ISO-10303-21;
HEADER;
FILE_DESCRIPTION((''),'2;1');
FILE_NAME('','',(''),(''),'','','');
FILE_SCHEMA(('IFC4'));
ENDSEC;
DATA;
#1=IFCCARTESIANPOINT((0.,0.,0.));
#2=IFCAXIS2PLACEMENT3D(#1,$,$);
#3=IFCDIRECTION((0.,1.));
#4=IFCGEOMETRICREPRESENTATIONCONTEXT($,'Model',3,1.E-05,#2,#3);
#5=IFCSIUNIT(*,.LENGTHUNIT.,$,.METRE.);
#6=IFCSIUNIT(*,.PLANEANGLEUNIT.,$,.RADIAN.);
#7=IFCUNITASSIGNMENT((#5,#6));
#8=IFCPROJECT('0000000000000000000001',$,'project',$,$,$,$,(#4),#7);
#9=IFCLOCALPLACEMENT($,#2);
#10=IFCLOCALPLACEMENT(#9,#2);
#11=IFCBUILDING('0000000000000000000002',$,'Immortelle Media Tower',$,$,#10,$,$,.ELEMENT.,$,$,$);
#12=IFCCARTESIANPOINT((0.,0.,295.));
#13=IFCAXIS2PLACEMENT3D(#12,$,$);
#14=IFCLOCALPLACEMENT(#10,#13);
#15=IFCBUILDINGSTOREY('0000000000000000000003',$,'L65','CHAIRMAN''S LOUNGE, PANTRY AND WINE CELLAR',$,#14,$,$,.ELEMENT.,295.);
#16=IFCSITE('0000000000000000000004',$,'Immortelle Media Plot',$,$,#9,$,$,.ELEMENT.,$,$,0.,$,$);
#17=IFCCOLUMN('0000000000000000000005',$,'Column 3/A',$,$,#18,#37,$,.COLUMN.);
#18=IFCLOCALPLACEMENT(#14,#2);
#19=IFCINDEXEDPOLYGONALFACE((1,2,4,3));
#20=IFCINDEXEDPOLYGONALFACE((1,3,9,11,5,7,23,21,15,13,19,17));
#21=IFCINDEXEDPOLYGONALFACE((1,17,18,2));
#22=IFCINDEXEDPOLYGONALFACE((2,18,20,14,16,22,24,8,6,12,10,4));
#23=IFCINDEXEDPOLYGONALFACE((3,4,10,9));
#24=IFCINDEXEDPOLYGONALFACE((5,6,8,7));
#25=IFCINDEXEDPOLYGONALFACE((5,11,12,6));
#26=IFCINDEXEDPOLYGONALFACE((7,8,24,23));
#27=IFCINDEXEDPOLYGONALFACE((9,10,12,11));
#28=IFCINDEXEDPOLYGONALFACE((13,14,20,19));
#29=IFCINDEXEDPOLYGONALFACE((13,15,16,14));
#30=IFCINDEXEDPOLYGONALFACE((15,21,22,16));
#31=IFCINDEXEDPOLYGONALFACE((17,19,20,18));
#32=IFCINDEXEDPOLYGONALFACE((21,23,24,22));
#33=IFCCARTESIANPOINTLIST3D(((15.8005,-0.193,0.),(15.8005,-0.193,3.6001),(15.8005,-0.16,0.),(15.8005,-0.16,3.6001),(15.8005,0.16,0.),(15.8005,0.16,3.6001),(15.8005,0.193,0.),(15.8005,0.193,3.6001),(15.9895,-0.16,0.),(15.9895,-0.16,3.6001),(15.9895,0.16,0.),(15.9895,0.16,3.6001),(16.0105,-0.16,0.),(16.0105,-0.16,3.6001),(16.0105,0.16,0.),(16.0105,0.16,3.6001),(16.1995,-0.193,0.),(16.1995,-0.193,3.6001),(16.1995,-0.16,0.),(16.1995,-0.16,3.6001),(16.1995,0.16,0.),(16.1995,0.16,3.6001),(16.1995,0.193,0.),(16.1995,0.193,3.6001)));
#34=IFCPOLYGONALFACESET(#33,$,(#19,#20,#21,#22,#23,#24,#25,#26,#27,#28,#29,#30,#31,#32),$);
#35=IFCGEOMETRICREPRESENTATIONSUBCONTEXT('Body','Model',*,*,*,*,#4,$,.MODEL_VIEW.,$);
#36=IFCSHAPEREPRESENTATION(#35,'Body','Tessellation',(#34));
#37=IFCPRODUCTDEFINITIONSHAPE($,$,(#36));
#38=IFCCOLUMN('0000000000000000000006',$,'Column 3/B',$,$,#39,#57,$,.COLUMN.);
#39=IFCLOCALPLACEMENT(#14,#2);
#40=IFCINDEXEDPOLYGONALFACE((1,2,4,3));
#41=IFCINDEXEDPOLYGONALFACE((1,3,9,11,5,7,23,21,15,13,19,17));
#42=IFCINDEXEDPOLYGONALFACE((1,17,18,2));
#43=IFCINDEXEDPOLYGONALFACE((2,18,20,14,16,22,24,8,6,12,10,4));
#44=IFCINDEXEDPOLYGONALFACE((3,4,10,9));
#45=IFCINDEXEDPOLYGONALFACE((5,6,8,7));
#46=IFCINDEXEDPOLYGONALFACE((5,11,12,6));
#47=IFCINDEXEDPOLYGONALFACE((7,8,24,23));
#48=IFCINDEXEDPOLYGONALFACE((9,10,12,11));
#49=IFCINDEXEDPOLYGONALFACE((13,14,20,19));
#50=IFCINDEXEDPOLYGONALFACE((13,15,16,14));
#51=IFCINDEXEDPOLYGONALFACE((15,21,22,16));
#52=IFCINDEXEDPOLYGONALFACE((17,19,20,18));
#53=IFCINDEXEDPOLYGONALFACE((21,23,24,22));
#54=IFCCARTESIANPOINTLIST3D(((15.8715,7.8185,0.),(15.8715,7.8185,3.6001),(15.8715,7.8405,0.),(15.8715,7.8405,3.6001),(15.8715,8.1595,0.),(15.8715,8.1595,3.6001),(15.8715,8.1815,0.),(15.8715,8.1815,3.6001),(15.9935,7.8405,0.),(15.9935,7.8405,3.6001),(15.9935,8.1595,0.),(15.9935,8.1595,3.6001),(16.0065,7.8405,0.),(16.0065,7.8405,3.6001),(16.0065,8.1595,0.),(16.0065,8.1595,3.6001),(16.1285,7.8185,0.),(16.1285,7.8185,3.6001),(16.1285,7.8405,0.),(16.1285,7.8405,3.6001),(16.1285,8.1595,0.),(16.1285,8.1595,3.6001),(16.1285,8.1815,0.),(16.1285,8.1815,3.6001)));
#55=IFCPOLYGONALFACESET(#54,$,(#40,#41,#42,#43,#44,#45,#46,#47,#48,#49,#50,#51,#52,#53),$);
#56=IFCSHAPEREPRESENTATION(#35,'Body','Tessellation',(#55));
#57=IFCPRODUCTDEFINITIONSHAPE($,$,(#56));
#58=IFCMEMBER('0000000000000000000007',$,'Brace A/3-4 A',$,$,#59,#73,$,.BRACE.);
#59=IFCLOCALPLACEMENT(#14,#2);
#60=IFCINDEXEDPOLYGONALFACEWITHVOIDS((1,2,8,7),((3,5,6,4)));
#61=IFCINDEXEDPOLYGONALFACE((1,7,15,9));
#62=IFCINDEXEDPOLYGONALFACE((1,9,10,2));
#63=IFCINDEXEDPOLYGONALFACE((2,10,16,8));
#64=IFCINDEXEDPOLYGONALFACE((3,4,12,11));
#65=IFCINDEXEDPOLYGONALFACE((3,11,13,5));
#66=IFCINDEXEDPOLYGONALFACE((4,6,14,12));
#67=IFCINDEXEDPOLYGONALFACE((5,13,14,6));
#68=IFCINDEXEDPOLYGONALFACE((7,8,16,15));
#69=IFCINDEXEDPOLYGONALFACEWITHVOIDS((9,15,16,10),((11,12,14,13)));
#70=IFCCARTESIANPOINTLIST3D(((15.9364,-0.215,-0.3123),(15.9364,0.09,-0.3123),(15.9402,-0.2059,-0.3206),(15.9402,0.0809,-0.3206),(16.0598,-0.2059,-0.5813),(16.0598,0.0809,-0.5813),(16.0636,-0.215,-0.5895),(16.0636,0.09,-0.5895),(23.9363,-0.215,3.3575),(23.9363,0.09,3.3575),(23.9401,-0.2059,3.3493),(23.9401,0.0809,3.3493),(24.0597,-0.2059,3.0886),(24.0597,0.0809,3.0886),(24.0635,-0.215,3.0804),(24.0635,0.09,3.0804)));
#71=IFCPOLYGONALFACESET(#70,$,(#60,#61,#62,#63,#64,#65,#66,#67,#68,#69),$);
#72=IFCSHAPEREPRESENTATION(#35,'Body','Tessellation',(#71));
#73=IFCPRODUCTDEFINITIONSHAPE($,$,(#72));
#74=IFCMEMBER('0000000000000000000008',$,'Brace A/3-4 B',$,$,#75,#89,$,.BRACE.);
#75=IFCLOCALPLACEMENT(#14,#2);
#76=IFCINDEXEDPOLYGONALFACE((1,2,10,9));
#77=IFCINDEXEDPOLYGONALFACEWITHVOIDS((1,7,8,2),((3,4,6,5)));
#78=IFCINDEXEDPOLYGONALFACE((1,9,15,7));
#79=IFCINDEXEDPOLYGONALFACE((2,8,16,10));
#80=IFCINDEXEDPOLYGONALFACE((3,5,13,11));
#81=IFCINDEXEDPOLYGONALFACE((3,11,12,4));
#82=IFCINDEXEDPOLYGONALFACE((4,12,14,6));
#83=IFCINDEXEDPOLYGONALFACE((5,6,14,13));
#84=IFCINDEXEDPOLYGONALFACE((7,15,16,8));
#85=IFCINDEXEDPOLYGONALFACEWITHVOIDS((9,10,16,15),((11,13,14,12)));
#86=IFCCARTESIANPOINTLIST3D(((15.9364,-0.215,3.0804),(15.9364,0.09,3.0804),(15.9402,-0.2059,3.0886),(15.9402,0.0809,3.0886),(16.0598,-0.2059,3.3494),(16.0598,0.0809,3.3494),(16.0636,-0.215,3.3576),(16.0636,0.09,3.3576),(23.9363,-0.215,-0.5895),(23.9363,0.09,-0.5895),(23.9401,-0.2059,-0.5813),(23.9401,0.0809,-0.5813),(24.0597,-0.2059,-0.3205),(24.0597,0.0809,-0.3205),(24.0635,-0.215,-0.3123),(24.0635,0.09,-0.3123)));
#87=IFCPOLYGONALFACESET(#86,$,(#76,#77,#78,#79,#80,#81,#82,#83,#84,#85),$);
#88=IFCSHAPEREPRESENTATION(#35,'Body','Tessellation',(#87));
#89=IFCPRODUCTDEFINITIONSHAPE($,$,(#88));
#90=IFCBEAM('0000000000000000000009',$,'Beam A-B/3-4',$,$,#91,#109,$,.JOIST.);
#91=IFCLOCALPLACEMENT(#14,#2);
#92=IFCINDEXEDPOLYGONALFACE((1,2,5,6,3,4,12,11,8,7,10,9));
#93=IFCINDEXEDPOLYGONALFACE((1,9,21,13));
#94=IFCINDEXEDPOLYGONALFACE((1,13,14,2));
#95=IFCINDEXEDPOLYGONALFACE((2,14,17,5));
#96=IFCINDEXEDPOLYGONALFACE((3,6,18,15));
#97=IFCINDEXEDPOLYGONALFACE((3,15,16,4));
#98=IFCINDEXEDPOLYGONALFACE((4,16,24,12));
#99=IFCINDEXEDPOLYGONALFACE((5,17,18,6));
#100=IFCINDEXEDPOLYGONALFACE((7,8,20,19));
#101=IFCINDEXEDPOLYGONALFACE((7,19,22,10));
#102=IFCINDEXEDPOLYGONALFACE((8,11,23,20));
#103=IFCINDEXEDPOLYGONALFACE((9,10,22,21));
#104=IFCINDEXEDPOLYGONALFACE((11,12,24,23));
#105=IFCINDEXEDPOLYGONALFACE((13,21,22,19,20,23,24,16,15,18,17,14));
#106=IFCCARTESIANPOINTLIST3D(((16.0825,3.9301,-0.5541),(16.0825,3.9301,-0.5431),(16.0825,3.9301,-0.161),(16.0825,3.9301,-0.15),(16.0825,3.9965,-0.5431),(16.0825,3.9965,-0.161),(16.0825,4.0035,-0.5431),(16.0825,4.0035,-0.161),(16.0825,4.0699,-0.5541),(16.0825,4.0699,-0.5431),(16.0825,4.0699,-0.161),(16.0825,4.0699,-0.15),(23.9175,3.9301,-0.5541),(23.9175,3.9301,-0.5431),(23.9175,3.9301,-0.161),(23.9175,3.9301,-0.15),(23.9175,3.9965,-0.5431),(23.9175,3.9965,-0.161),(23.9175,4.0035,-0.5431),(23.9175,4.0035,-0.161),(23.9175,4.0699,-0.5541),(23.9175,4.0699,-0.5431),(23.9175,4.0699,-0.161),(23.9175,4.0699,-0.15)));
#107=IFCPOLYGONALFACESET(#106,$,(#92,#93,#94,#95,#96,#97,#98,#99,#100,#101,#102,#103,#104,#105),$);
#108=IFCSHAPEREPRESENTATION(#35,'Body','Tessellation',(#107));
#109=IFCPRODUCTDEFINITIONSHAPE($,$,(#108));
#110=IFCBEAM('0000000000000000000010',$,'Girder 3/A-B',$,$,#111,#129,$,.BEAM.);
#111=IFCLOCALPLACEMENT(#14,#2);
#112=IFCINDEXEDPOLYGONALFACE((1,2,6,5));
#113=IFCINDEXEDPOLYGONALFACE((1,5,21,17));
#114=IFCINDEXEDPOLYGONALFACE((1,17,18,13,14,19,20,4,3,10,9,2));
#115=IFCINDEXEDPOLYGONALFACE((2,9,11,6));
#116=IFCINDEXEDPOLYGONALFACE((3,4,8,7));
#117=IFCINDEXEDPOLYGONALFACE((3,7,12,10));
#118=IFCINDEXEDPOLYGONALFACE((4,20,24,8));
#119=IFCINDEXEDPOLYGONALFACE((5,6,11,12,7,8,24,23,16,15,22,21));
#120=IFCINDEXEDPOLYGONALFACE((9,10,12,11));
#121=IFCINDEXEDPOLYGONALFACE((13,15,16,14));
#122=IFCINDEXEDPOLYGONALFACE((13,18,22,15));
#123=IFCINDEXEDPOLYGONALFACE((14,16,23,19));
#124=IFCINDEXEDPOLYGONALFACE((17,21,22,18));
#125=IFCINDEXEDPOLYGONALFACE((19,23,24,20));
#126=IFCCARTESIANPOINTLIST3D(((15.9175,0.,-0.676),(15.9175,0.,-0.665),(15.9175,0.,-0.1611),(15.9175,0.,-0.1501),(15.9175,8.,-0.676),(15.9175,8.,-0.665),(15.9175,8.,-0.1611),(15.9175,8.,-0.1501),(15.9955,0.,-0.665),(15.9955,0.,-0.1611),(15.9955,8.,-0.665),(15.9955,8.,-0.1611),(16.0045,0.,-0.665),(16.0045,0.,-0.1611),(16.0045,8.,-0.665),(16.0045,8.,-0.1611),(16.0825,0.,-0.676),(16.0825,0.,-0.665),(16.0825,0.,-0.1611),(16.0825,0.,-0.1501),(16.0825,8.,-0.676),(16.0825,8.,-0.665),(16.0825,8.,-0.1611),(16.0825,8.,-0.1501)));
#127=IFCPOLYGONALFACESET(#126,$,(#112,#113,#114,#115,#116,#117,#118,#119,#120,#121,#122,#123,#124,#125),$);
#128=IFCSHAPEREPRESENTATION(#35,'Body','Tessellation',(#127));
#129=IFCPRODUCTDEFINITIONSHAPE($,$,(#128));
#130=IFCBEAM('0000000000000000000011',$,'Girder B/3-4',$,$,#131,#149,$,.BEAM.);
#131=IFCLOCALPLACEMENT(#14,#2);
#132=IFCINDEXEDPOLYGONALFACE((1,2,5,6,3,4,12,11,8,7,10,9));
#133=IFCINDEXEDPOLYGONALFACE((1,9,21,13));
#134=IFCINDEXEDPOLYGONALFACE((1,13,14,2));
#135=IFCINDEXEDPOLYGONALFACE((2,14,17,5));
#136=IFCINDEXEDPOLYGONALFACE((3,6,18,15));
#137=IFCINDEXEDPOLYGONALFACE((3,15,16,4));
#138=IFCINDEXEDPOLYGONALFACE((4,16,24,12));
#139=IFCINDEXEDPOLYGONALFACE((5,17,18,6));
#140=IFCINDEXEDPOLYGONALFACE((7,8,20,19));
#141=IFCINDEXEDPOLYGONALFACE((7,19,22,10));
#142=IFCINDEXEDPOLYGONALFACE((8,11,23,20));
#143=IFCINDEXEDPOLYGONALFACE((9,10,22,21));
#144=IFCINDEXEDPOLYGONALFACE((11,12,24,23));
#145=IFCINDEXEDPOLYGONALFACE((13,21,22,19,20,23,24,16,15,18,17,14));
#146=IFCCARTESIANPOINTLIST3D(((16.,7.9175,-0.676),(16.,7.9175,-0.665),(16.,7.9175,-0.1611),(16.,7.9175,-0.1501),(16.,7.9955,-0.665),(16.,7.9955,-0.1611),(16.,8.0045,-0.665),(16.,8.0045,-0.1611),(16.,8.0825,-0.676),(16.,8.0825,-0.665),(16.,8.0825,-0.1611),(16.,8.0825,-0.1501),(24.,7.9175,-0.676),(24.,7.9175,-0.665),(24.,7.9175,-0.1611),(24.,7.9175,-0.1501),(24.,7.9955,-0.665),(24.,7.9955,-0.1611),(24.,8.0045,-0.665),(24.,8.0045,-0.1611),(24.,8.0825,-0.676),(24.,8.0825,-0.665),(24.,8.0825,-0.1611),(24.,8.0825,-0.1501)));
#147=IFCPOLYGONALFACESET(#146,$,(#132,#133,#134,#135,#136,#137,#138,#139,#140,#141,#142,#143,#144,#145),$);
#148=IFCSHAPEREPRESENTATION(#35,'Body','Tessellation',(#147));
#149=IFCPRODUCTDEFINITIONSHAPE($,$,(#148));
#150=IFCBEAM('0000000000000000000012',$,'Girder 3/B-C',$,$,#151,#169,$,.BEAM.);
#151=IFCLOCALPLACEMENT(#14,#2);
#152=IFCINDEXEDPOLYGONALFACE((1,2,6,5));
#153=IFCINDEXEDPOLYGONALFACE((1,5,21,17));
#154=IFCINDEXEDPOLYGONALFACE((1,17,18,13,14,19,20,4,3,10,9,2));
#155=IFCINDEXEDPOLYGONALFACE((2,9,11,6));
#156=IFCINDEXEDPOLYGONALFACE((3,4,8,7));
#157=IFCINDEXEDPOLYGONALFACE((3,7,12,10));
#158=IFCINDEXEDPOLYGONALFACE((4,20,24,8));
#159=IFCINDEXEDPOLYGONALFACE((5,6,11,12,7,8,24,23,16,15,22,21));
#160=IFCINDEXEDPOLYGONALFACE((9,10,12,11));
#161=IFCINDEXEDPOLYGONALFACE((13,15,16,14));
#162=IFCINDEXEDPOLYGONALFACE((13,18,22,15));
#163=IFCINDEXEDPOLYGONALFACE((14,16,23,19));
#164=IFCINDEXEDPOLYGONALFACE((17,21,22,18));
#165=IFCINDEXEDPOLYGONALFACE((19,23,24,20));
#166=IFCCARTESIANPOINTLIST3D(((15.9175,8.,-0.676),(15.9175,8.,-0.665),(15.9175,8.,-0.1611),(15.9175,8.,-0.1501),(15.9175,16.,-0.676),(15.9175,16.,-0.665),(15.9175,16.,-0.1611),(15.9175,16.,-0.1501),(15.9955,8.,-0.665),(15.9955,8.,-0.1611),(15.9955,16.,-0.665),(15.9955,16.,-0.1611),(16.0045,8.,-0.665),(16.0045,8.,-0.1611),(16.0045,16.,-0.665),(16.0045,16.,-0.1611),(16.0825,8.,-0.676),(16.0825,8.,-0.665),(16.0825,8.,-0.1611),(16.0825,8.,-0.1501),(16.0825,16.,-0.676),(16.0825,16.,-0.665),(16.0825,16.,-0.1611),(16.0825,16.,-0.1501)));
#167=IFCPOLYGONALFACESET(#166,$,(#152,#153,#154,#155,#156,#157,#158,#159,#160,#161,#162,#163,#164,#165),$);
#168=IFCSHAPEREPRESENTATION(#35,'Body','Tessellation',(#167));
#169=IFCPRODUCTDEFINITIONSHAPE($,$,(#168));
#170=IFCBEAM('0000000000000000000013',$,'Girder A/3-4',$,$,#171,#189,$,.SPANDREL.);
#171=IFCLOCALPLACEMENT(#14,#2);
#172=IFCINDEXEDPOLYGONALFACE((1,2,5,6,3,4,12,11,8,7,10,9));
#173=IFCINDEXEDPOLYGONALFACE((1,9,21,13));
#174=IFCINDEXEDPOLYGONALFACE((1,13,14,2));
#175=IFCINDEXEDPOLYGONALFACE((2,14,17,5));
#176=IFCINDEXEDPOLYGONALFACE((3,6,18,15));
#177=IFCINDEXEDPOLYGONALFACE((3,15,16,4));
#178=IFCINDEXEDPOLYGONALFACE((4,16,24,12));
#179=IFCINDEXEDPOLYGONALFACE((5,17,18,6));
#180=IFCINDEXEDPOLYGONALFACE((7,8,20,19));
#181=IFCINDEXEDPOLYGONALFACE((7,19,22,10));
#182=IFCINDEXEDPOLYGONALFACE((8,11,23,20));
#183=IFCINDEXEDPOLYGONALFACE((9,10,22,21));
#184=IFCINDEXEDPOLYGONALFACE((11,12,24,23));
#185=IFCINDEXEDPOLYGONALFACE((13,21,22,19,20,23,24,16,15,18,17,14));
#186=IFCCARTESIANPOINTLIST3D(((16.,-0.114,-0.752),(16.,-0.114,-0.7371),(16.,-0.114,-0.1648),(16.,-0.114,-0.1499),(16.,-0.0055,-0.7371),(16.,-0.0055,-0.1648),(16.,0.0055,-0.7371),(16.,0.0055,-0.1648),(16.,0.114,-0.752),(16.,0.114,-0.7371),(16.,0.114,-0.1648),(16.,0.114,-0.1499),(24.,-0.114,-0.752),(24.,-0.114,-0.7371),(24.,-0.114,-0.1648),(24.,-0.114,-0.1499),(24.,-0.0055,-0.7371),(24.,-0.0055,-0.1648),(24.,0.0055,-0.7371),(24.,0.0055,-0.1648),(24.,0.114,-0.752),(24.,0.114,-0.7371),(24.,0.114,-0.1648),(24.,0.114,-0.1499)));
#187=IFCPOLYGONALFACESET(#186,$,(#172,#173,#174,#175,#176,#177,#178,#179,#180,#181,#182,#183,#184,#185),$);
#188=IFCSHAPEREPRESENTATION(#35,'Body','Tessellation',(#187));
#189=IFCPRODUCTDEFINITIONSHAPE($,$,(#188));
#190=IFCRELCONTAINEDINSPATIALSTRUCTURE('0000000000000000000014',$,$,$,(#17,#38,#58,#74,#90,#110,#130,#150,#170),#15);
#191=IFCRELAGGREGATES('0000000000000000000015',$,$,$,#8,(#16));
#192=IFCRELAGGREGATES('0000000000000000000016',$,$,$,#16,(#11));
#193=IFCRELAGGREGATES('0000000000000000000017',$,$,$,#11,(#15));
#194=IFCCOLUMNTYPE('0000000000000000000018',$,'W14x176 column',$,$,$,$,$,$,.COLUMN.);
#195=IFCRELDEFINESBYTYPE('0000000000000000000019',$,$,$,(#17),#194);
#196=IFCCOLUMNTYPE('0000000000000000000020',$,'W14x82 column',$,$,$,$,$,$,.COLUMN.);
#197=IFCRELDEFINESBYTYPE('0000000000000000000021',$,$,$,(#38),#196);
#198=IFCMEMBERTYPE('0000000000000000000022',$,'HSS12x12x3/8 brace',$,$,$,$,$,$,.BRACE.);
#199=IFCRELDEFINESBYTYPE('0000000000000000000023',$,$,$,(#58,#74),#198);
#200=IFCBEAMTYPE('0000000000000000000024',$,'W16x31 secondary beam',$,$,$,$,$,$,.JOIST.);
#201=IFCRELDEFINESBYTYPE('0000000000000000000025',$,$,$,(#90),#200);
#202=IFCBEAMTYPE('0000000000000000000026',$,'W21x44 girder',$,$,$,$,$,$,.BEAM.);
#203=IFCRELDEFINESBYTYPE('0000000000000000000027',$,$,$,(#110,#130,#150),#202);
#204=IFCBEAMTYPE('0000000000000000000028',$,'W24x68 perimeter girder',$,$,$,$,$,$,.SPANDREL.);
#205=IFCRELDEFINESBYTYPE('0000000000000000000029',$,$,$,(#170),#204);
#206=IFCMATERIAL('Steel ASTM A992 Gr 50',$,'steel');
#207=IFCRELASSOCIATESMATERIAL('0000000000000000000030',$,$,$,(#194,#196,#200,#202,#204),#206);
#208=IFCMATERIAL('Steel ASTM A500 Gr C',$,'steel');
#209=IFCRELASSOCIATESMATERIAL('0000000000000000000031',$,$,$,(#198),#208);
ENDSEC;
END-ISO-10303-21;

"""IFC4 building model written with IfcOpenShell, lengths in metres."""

from ifc_helpers import new_model, si_unit, direction, frame, origin, origin_2d, place, context, subcontext, project, spatial, hollow_rectangle, i_section, extrude, material, material_profile, profile_set, type_object, element, save


model = new_model("IFC4")

# Units and contexts
model_context = context("Model", 3, precision=1e-05, world=origin(), true_north=direction((0.0, 1.0)))
body_context = subcontext(model_context, "Body", "Model", "MODEL_VIEW")
ifc_project = project(units=[si_unit("LENGTHUNIT", "METRE"), si_unit("PLANEANGLEUNIT", "RADIAN")], contexts=[model_context])

# Site, building, storey
site_placement = place(None, origin())
site = spatial("IfcSite", under=ifc_project, at=site_placement, Name="Immortelle Media Plot", CompositionType="ELEMENT", RefElevation=0.0)
building_placement = place(site_placement, origin())
building = spatial("IfcBuilding", under=site, at=building_placement, Name="Immortelle Media Tower", CompositionType="ELEMENT")
storey_placement = place(building_placement, frame((0.0, 0.0, 295.0)))
storey = spatial("IfcBuildingStorey", under=building, at=storey_placement, Name="L65", Description="CHAIRMAN'S LOUNGE, PANTRY AND WINE CELLAR", CompositionType="ELEMENT", Elevation=295.0)

# Columns
ifc_material_1 = material(Name="Steel ASTM A992 Gr 50", Category="steel")
ifc_material_profile_1 = material_profile(ifc_material_1, i_section(OverallWidth=0.3989, OverallDepth=0.386, WebThickness=0.021, FlangeThickness=0.033, at=origin_2d()), Name="W14x176")
ifc_profile_set_1 = profile_set([ifc_material_profile_1], Name="Steel ASTM A992 Gr 50")
column_type_1 = type_object("IfcColumnType", Name="W14x176 column", PredefinedType="COLUMN", material=ifc_profile_set_1)
column_1_placement = place(storey_placement, frame((16.0, 0.0, 0.0), z_axis=(0.0, 0.0, 1.0), x_axis=(1.0, 0.0, 0.0)))
element("IfcColumn", 1, at=column_1_placement, inside=storey, type_object=column_type_1, Name="Column 3/A", PredefinedType="COLUMN", context=body_context, shape_type="SweptSolid", body=[
    extrude(i_section(OverallWidth=0.3989, OverallDepth=0.386, WebThickness=0.021, FlangeThickness=0.033, at=origin_2d()), origin(), (0.0, 0.0, 1.0), 3.6001),
])
ifc_material_profile_2 = material_profile(ifc_material_1, i_section(OverallWidth=0.2571, OverallDepth=0.363, WebThickness=0.0129, FlangeThickness=0.022, at=origin_2d()), Name="W14x82")
ifc_profile_set_2 = profile_set([ifc_material_profile_2], Name="Steel ASTM A992 Gr 50")
column_type_2 = type_object("IfcColumnType", Name="W14x82 column", PredefinedType="COLUMN", material=ifc_profile_set_2)
column_2_placement = place(storey_placement, frame((16.0, 8.0, 0.0), z_axis=(0.0, 0.0, 1.0), x_axis=(1.0, 0.0, 0.0)))
element("IfcColumn", 2, at=column_2_placement, inside=storey, type_object=column_type_2, Name="Column 3/B", PredefinedType="COLUMN", context=body_context, shape_type="SweptSolid", body=[
    extrude(i_section(OverallWidth=0.2571, OverallDepth=0.363, WebThickness=0.0129, FlangeThickness=0.022, at=origin_2d()), origin(), (0.0, 0.0, 1.0), 3.6001),
])

# Members
ifc_material_2 = material(Name="Steel ASTM A500 Gr C", Category="steel")
ifc_material_profile_3 = material_profile(ifc_material_2, hollow_rectangle(XDim=0.3049, YDim=0.3049, WallThickness=0.009, at=origin_2d()), Name="HSS12x12x3/8 brace")
ifc_profile_set_3 = profile_set([ifc_material_profile_3], Name="Steel ASTM A500 Gr C")
member_type = type_object("IfcMemberType", Name="HSS12x12x3/8 brace", PredefinedType="BRACE", material=ifc_profile_set_3)
for number, where, z_axis, x_axis, name in (
    (3, (16.0, -0.0625, -0.4509), (0.908925, 0.0, 0.41696), (0.0, 1.0, 0.0), "Brace A/3-4 A"),
    (4, (16.0, -0.0625, 3.219), (0.908925, 0.0, -0.41696), (0.0, 1.0, 0.0), "Brace A/3-4 B"),
):
    element("IfcMember", number, at=place(storey_placement, frame(where, z_axis=z_axis, x_axis=x_axis)), inside=storey, type_object=member_type, Name=name, PredefinedType="BRACE", context=body_context, shape_type="SweptSolid", body=[
        extrude(hollow_rectangle(XDim=0.3049, YDim=0.3049, WallThickness=0.009, at=origin_2d()), origin(), (0.0, 0.0, 1.0), 8.8015),
    ])

# Beams
ifc_material_profile_4 = material_profile(ifc_material_1, i_section(OverallWidth=0.1399, OverallDepth=0.4041, WebThickness=0.0071, FlangeThickness=0.011, at=origin_2d()), Name="W16x31")
ifc_profile_set_4 = profile_set([ifc_material_profile_4], Name="Steel ASTM A992 Gr 50")
beam_type_1 = type_object("IfcBeamType", Name="W16x31 secondary beam", PredefinedType="JOIST", material=ifc_profile_set_4)
beam_1_placement = place(storey_placement, frame((16.0825, 4.0, -0.3521), z_axis=(1.0, 0.0, 0.0), x_axis=(0.0, 1.0, 0.0)))
element("IfcBeam", 5, at=beam_1_placement, inside=storey, type_object=beam_type_1, Name="Beam A-B/3-4", PredefinedType="JOIST", context=body_context, shape_type="SweptSolid", body=[
    extrude(i_section(OverallWidth=0.1399, OverallDepth=0.4041, WebThickness=0.0071, FlangeThickness=0.011, at=origin_2d()), origin(), (0.0, 0.0, 1.0), 7.835),
])
ifc_material_profile_5 = material_profile(ifc_material_1, i_section(OverallWidth=0.165, OverallDepth=0.5259, WebThickness=0.009, FlangeThickness=0.011, at=origin_2d()), Name="W21x44")
ifc_profile_set_5 = profile_set([ifc_material_profile_5], Name="Steel ASTM A992 Gr 50")
beam_type_2 = type_object("IfcBeamType", Name="W21x44 girder", PredefinedType="BEAM", material=ifc_profile_set_5)
for number, where, z_axis, x_axis, name in (
    (6, (16.0, 0.0, -0.4131), (0.0, 1.0, 0.0), (-1.0, 0.0, 0.0), "Girder 3/A-B"),
    (7, (16.0, 8.0, -0.4131), (1.0, 0.0, 0.0), (0.0, 1.0, 0.0), "Girder B/3-4"),
    (8, (16.0, 8.0, -0.4131), (0.0, 1.0, 0.0), (-1.0, 0.0, 0.0), "Girder 3/B-C"),
):
    element("IfcBeam", number, at=place(storey_placement, frame(where, z_axis=z_axis, x_axis=x_axis)), inside=storey, type_object=beam_type_2, Name=name, PredefinedType="BEAM", context=body_context, shape_type="SweptSolid", body=[
        extrude(i_section(OverallWidth=0.165, OverallDepth=0.5259, WebThickness=0.009, FlangeThickness=0.011, at=origin_2d()), origin(), (0.0, 0.0, 1.0), 8.0),
    ])
ifc_material_profile_6 = material_profile(ifc_material_1, i_section(OverallWidth=0.228, OverallDepth=0.6021, WebThickness=0.011, FlangeThickness=0.0149, at=origin_2d()), Name="W24x68")
ifc_profile_set_6 = profile_set([ifc_material_profile_6], Name="Steel ASTM A992 Gr 50")
beam_type_3 = type_object("IfcBeamType", Name="W24x68 perimeter girder", PredefinedType="SPANDREL", material=ifc_profile_set_6)
beam_2_placement = place(storey_placement, frame((16.0, 0.0, -0.4509), z_axis=(1.0, 0.0, 0.0), x_axis=(0.0, 1.0, 0.0)))
element("IfcBeam", 9, at=beam_2_placement, inside=storey, type_object=beam_type_3, Name="Girder A/3-4", PredefinedType="SPANDREL", context=body_context, shape_type="SweptSolid", body=[
    extrude(i_section(OverallWidth=0.228, OverallDepth=0.6021, WebThickness=0.011, FlangeThickness=0.0149, at=origin_2d()), origin(), (0.0, 0.0, 1.0), 8.0),
])

save(model, "model.ifc")
